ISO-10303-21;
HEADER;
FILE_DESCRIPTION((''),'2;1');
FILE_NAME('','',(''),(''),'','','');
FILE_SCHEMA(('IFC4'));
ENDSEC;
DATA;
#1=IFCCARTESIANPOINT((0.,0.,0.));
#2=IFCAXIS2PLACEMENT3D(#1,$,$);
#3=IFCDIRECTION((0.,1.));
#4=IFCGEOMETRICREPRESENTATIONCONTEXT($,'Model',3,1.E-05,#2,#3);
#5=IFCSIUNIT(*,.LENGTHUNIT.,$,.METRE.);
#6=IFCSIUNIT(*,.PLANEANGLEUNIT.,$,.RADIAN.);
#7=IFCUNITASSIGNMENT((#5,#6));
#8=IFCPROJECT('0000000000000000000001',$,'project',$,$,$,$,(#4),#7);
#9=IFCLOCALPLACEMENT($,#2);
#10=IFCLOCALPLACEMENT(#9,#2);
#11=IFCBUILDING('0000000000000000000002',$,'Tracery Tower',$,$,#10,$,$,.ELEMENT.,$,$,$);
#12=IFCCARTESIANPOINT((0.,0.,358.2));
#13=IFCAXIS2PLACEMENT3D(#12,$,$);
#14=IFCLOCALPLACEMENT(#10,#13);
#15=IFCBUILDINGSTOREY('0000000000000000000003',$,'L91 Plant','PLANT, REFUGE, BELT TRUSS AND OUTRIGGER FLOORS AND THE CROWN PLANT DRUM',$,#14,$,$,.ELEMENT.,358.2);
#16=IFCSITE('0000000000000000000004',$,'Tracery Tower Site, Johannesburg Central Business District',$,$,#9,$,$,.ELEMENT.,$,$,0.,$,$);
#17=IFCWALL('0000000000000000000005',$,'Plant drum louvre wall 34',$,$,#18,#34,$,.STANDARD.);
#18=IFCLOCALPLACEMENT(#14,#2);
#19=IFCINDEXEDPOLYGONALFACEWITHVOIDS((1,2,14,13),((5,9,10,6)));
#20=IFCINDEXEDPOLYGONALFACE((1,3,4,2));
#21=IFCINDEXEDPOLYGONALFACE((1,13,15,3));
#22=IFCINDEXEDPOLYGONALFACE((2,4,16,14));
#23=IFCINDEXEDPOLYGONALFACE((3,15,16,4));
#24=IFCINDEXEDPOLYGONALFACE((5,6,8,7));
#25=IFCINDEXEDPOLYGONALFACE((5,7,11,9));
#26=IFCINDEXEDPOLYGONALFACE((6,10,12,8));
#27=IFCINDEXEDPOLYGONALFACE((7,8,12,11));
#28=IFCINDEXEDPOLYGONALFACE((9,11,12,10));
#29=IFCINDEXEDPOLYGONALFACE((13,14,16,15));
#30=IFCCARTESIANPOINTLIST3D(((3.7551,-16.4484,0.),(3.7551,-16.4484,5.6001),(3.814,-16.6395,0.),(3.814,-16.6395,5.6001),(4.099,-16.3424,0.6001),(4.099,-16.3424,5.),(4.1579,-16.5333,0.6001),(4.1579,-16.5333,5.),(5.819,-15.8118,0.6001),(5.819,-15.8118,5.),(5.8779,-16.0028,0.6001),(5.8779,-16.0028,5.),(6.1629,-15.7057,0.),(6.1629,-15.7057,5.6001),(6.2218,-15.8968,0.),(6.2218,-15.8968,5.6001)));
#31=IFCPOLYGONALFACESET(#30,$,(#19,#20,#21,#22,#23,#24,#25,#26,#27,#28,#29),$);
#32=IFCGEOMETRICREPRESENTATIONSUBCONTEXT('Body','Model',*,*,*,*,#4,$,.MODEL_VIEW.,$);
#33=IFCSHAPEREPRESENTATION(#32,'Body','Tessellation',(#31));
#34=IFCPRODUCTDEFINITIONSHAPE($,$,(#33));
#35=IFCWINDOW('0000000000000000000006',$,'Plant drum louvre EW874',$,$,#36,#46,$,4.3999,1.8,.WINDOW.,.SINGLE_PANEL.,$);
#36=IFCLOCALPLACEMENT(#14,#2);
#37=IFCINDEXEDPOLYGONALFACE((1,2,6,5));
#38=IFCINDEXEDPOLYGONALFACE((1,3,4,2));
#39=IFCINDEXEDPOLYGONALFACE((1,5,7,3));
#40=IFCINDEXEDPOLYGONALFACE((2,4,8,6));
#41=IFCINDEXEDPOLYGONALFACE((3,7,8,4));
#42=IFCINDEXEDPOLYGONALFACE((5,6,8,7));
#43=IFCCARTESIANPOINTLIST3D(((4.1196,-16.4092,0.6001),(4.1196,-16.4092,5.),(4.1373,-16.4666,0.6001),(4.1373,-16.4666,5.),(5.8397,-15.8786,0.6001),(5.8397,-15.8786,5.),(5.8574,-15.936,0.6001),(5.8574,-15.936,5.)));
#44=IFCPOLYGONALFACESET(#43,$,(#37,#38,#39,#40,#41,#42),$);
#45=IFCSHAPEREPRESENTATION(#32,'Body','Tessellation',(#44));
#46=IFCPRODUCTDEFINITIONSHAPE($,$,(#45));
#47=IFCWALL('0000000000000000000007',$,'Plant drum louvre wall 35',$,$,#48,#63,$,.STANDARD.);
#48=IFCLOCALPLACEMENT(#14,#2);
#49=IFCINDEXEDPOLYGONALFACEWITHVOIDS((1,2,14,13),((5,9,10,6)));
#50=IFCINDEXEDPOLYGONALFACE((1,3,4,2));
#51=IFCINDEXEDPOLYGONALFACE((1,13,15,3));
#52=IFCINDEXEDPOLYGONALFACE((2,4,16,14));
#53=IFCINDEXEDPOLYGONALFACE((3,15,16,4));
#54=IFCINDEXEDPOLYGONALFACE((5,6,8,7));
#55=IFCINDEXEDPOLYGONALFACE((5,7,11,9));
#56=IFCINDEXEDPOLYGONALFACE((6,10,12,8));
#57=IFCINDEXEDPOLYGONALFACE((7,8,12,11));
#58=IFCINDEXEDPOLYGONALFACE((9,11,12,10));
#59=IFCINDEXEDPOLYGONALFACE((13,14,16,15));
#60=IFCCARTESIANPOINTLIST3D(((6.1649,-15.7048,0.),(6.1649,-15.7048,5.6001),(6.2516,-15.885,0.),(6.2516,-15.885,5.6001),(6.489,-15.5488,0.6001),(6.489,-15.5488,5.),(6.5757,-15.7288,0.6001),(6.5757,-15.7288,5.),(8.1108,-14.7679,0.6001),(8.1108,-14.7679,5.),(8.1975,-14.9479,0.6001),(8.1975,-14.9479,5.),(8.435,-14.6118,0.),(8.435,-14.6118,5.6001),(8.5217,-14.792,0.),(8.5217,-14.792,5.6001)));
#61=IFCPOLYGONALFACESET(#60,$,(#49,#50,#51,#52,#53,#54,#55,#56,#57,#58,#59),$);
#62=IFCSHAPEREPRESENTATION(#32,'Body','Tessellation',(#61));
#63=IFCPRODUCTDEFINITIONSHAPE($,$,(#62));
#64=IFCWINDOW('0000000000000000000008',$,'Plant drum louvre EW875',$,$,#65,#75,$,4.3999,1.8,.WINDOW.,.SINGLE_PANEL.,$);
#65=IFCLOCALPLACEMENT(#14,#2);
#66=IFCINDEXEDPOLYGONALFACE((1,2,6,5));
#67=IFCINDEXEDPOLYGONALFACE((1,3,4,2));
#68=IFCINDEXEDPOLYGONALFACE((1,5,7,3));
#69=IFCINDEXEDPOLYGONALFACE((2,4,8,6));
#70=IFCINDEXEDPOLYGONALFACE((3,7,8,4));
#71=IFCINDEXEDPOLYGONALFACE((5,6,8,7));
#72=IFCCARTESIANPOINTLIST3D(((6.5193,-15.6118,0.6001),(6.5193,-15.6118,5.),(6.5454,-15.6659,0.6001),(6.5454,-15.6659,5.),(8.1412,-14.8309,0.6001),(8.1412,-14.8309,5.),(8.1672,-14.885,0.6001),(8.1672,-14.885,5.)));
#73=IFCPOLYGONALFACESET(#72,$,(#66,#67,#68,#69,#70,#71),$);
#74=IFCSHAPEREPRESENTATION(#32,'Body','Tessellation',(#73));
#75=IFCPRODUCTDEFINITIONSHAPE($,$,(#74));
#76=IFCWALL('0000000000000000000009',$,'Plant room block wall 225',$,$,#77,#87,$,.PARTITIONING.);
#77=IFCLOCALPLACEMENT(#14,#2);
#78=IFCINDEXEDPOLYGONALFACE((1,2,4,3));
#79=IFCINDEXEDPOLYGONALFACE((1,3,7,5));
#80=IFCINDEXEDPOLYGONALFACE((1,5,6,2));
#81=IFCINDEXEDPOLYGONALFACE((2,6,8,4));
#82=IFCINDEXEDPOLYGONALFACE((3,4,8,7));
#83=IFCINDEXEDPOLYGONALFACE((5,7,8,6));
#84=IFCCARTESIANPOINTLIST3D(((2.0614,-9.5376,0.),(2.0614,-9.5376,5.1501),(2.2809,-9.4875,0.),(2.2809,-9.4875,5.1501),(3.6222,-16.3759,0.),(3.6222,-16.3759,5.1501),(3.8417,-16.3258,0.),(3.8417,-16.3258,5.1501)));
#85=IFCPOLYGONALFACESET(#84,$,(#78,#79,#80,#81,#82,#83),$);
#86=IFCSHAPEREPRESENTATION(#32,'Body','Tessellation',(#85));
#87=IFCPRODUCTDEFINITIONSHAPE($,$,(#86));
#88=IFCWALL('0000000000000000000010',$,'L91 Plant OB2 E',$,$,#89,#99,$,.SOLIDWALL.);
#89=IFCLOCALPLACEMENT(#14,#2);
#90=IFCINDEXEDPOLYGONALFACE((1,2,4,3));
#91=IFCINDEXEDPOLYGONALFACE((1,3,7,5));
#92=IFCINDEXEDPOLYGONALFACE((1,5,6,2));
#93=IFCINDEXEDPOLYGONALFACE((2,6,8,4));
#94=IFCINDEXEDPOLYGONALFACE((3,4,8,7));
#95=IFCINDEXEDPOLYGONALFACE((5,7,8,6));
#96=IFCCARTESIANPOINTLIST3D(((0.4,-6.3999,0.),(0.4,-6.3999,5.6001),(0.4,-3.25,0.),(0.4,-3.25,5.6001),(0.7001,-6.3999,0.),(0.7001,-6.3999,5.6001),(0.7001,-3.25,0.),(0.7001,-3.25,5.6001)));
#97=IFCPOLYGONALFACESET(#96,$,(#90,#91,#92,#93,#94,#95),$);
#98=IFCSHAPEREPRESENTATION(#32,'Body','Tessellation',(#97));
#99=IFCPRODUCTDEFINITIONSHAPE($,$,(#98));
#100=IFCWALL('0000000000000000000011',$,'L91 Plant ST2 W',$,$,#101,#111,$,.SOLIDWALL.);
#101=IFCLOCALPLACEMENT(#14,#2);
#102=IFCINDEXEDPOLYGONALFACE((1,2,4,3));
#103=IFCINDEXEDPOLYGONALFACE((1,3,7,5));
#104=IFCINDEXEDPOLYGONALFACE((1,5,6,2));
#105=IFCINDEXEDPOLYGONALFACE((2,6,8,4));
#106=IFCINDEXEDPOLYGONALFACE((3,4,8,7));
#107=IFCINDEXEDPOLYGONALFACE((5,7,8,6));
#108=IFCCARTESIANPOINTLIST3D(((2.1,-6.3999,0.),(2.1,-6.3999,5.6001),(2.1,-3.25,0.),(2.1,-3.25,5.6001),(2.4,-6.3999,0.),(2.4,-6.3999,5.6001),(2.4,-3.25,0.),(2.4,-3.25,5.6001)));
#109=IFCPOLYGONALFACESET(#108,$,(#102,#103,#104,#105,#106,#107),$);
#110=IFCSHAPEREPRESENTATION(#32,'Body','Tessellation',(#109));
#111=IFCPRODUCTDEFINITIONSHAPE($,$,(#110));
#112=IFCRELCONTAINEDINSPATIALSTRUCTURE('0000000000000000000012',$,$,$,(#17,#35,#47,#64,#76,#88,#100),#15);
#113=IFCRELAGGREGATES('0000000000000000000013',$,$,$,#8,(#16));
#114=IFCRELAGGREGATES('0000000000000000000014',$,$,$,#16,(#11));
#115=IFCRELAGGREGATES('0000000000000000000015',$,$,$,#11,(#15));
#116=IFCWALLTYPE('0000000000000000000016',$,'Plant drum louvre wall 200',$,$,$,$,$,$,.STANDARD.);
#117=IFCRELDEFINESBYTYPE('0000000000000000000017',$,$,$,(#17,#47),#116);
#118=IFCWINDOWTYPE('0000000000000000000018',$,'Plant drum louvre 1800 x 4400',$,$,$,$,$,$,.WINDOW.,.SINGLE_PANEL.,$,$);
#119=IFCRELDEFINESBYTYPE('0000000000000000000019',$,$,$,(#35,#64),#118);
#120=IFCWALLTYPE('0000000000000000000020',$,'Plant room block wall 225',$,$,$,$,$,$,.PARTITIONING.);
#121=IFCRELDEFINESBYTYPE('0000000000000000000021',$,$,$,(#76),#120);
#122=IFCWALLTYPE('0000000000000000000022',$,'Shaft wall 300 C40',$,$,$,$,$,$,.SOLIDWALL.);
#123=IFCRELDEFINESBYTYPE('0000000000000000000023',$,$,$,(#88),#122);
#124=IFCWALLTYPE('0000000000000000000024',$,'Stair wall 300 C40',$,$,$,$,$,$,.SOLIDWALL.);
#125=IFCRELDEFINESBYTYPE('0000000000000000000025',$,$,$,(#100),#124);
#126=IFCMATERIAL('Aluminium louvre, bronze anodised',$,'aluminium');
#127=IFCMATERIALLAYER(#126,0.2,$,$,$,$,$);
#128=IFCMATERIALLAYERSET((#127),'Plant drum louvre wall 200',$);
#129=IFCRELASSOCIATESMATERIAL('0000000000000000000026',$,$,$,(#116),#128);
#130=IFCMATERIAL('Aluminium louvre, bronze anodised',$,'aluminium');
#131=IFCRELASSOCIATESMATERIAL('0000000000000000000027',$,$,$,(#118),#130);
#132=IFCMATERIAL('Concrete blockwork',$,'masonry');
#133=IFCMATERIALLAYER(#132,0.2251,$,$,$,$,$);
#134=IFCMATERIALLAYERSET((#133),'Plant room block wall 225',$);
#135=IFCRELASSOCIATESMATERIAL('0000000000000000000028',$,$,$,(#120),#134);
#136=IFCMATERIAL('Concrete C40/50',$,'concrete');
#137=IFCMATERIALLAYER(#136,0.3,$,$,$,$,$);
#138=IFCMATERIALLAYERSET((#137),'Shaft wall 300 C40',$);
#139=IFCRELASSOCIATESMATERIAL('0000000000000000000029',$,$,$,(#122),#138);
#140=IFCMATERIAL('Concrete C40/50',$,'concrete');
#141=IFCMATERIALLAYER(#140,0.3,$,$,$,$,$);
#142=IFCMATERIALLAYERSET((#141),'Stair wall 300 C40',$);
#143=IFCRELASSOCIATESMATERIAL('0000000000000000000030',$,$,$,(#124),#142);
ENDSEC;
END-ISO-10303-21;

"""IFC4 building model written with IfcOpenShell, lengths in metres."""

from ifc_helpers import new_model, si_unit, direction, frame, frame_2d, origin, place, context, subcontext, project, spatial, rectangle, extrude, material, layer, layer_set, type_object, element, fill, save


model = new_model("IFC4")

# Units and contexts
model_context = context("Model", 3, precision=1e-05, world=origin(), true_north=direction((0.0, 1.0)))
body_context = subcontext(model_context, "Body", "Model", "MODEL_VIEW")
ifc_project = project(units=[si_unit("LENGTHUNIT", "METRE"), si_unit("PLANEANGLEUNIT", "RADIAN")], contexts=[model_context])

# Site, building, storey
site_placement = place(None, origin())
site = spatial("IfcSite", under=ifc_project, at=site_placement, Name="Tracery Tower Site, Johannesburg Central Business District", CompositionType="ELEMENT", RefElevation=0.0)
building_placement = place(site_placement, origin())
building = spatial("IfcBuilding", under=site, at=building_placement, Name="Tracery Tower", CompositionType="ELEMENT")
storey_placement = place(building_placement, frame((0.0, 0.0, 358.2)))
storey = spatial("IfcBuildingStorey", under=building, at=storey_placement, Name="L91 Plant", Description="PLANT, REFUGE, BELT TRUSS AND OUTRIGGER FLOORS AND THE CROWN PLANT DRUM", CompositionType="ELEMENT", Elevation=358.2)

# Walls, openings, windows
ifc_material_1 = material(Name="Aluminium louvre, bronze anodised", Category="aluminium")
ifc_layer_1 = layer(ifc_material_1, 0.2)
ifc_layer_set_1 = layer_set([ifc_layer_1], Name="Plant drum louvre wall 200")
wall_type_1 = type_object("IfcWallType", Name="Plant drum louvre wall 200", PredefinedType="STANDARD", material=ifc_layer_set_1)
ifc_material_2 = material(Name="Aluminium louvre, bronze anodised", Category="aluminium")
window_type = type_object("IfcWindowType", Name="Plant drum louvre 1800 x 4400", PartitioningType="SINGLE_PANEL", PredefinedType="WINDOW", material=ifc_material_2)
wall_1_placement = place(storey_placement, frame((3.7847, -16.5439, 0.0), z_axis=(0.0, 0.0, 1.0), x_axis=(0.955573, 0.294753, 0.0)))
wall_1 = element("IfcWall", 1, at=wall_1_placement, inside=storey, type_object=wall_type_1, Name="Plant drum louvre wall 34", PredefinedType="STANDARD", context=body_context, shape_type="SweptSolid", body=[
    extrude(rectangle(XDim=2.5198, YDim=0.2, at=frame_2d((1.2598, 0.0))), origin(), (0.0, 0.0, 1.0), 5.6001),
])
opening_1_placement = place(wall_1_placement, frame((0.3599, 0.0, 0.6001)))
opening_1 = element("IfcOpeningElement", 2, at=opening_1_placement, cuts=wall_1, PredefinedType="OPENING", context=body_context, shape_type="SweptSolid", body=[
    extrude(rectangle(XDim=1.8, YDim=4.3999, at=frame_2d((0.8999, 2.2))), frame((0.0, 0.1001, 0.0), z_axis=(0.0, -1.0, 0.0), x_axis=(1.0, 0.0, 0.0)), (0.0, 0.0, 1.0), 0.2),
])
window_1_placement = place(opening_1_placement, origin())
window_1 = element("IfcWindow", 3, at=window_1_placement, inside=storey, type_object=window_type, Name="Plant drum louvre EW874", OverallHeight=4.3999, OverallWidth=1.8, PartitioningType="SINGLE_PANEL", PredefinedType="WINDOW", context=body_context, shape_type="SweptSolid", body=[
    extrude(rectangle(XDim=1.8, YDim=4.3999, at=frame_2d((0.8999, 2.2))), frame((0.0, 0.03, 0.0), z_axis=(0.0, -1.0, 0.0), x_axis=(1.0, 0.0, 0.0)), (0.0, 0.0, 1.0), 0.0601),
])
fill(opening_1, window_1)
wall_2_placement = place(storey_placement, frame((6.2083, -15.7949, 0.0), z_axis=(0.0, 0.0, 1.0), x_axis=(0.900995, 0.43383, 0.0)))
wall_2 = element("IfcWall", 4, at=wall_2_placement, inside=storey, type_object=wall_type_1, Name="Plant drum louvre wall 35", PredefinedType="STANDARD", context=body_context, shape_type="SweptSolid", body=[
    extrude(rectangle(XDim=2.5195, YDim=0.2, at=frame_2d((1.2598, 0.0))), origin(), (0.0, 0.0, 1.0), 5.6001),
])
opening_2_placement = place(wall_2_placement, frame((0.3599, 0.0, 0.6001)))
opening_2 = element("IfcOpeningElement", 5, at=opening_2_placement, cuts=wall_2, PredefinedType="OPENING", context=body_context, shape_type="SweptSolid", body=[
    extrude(rectangle(XDim=1.8, YDim=4.3999, at=frame_2d((0.8999, 2.2))), frame((0.0, 0.1001, 0.0), z_axis=(0.0, -1.0, 0.0), x_axis=(1.0, 0.0, 0.0)), (0.0, 0.0, 1.0), 0.2),
])
window_2_placement = place(opening_2_placement, origin())
window_2 = element("IfcWindow", 6, at=window_2_placement, inside=storey, type_object=window_type, Name="Plant drum louvre EW875", OverallHeight=4.3999, OverallWidth=1.8, PartitioningType="SINGLE_PANEL", PredefinedType="WINDOW", context=body_context, shape_type="SweptSolid", body=[
    extrude(rectangle(XDim=1.8, YDim=4.3999, at=frame_2d((0.8999, 2.2))), frame((0.0, 0.03, 0.0), z_axis=(0.0, -1.0, 0.0), x_axis=(1.0, 0.0, 0.0)), (0.0, 0.0, 1.0), 0.0601),
])
fill(opening_2, window_2)

# Walls
ifc_material_3 = material(Name="Concrete blockwork", Category="masonry")
ifc_layer_2 = layer(ifc_material_3, 0.2251)
ifc_layer_set_2 = layer_set([ifc_layer_2], Name="Plant room block wall 225")
wall_type_2 = type_object("IfcWallType", Name="Plant room block wall 225", PredefinedType="PARTITIONING", material=ifc_layer_set_2)
wall_3_placement = place(storey_placement, frame((3.7319, -16.3508, 0.0), z_axis=(0.0, 0.0, 1.0), x_axis=(-0.222518, 0.974929, 0.0)))
element("IfcWall", 7, at=wall_3_placement, inside=storey, type_object=wall_type_2, Name="Plant room block wall 225", PredefinedType="PARTITIONING", context=body_context, shape_type="SweptSolid", body=[
    extrude(rectangle(XDim=7.0142, YDim=0.2251, at=frame_2d((3.5071, 0.0))), origin(), (0.0, 0.0, 1.0), 5.1501),
])
ifc_material_4 = material(Name="Concrete C40/50", Category="concrete")
ifc_layer_3 = layer(ifc_material_4, 0.3)
ifc_layer_set_3 = layer_set([ifc_layer_3], Name="Shaft wall 300 C40")
wall_type_3 = type_object("IfcWallType", Name="Shaft wall 300 C40", PredefinedType="SOLIDWALL", material=ifc_layer_set_3)
wall_4_placement = place(storey_placement, frame((0.55, -6.3999, 0.0), z_axis=(0.0, 0.0, 1.0), x_axis=(0.0, 1.0, 0.0)))
element("IfcWall", 8, at=wall_4_placement, inside=storey, type_object=wall_type_3, Name="L91 Plant OB2 E", PredefinedType="SOLIDWALL", context=body_context, shape_type="SweptSolid", body=[
    extrude(rectangle(XDim=3.1499, YDim=0.3, at=frame_2d((1.575, 0.0))), origin(), (0.0, 0.0, 1.0), 5.6001),
])

# Shared definitions
ifc_material_5 = material(Name="Concrete C40/50", Category="concrete")
ifc_layer_4 = layer(ifc_material_5, 0.3)
ifc_layer_set_4 = layer_set([ifc_layer_4], Name="Stair wall 300 C40")
wall_type_4 = type_object("IfcWallType", Name="Stair wall 300 C40", PredefinedType="SOLIDWALL", material=ifc_layer_set_4)

# Wall
wall_5_placement = place(storey_placement, frame((2.25, -6.3999, 0.0), z_axis=(0.0, 0.0, 1.0), x_axis=(0.0, 1.0, 0.0)))
element("IfcWall", 9, at=wall_5_placement, inside=storey, type_object=wall_type_4, Name="L91 Plant ST2 W", PredefinedType="SOLIDWALL", context=body_context, shape_type="SweptSolid", body=[
    extrude(rectangle(XDim=3.1499, YDim=0.3, at=frame_2d((1.575, 0.0))), origin(), (0.0, 0.0, 1.0), 5.6001),
])

save(model, "model.ifc")
